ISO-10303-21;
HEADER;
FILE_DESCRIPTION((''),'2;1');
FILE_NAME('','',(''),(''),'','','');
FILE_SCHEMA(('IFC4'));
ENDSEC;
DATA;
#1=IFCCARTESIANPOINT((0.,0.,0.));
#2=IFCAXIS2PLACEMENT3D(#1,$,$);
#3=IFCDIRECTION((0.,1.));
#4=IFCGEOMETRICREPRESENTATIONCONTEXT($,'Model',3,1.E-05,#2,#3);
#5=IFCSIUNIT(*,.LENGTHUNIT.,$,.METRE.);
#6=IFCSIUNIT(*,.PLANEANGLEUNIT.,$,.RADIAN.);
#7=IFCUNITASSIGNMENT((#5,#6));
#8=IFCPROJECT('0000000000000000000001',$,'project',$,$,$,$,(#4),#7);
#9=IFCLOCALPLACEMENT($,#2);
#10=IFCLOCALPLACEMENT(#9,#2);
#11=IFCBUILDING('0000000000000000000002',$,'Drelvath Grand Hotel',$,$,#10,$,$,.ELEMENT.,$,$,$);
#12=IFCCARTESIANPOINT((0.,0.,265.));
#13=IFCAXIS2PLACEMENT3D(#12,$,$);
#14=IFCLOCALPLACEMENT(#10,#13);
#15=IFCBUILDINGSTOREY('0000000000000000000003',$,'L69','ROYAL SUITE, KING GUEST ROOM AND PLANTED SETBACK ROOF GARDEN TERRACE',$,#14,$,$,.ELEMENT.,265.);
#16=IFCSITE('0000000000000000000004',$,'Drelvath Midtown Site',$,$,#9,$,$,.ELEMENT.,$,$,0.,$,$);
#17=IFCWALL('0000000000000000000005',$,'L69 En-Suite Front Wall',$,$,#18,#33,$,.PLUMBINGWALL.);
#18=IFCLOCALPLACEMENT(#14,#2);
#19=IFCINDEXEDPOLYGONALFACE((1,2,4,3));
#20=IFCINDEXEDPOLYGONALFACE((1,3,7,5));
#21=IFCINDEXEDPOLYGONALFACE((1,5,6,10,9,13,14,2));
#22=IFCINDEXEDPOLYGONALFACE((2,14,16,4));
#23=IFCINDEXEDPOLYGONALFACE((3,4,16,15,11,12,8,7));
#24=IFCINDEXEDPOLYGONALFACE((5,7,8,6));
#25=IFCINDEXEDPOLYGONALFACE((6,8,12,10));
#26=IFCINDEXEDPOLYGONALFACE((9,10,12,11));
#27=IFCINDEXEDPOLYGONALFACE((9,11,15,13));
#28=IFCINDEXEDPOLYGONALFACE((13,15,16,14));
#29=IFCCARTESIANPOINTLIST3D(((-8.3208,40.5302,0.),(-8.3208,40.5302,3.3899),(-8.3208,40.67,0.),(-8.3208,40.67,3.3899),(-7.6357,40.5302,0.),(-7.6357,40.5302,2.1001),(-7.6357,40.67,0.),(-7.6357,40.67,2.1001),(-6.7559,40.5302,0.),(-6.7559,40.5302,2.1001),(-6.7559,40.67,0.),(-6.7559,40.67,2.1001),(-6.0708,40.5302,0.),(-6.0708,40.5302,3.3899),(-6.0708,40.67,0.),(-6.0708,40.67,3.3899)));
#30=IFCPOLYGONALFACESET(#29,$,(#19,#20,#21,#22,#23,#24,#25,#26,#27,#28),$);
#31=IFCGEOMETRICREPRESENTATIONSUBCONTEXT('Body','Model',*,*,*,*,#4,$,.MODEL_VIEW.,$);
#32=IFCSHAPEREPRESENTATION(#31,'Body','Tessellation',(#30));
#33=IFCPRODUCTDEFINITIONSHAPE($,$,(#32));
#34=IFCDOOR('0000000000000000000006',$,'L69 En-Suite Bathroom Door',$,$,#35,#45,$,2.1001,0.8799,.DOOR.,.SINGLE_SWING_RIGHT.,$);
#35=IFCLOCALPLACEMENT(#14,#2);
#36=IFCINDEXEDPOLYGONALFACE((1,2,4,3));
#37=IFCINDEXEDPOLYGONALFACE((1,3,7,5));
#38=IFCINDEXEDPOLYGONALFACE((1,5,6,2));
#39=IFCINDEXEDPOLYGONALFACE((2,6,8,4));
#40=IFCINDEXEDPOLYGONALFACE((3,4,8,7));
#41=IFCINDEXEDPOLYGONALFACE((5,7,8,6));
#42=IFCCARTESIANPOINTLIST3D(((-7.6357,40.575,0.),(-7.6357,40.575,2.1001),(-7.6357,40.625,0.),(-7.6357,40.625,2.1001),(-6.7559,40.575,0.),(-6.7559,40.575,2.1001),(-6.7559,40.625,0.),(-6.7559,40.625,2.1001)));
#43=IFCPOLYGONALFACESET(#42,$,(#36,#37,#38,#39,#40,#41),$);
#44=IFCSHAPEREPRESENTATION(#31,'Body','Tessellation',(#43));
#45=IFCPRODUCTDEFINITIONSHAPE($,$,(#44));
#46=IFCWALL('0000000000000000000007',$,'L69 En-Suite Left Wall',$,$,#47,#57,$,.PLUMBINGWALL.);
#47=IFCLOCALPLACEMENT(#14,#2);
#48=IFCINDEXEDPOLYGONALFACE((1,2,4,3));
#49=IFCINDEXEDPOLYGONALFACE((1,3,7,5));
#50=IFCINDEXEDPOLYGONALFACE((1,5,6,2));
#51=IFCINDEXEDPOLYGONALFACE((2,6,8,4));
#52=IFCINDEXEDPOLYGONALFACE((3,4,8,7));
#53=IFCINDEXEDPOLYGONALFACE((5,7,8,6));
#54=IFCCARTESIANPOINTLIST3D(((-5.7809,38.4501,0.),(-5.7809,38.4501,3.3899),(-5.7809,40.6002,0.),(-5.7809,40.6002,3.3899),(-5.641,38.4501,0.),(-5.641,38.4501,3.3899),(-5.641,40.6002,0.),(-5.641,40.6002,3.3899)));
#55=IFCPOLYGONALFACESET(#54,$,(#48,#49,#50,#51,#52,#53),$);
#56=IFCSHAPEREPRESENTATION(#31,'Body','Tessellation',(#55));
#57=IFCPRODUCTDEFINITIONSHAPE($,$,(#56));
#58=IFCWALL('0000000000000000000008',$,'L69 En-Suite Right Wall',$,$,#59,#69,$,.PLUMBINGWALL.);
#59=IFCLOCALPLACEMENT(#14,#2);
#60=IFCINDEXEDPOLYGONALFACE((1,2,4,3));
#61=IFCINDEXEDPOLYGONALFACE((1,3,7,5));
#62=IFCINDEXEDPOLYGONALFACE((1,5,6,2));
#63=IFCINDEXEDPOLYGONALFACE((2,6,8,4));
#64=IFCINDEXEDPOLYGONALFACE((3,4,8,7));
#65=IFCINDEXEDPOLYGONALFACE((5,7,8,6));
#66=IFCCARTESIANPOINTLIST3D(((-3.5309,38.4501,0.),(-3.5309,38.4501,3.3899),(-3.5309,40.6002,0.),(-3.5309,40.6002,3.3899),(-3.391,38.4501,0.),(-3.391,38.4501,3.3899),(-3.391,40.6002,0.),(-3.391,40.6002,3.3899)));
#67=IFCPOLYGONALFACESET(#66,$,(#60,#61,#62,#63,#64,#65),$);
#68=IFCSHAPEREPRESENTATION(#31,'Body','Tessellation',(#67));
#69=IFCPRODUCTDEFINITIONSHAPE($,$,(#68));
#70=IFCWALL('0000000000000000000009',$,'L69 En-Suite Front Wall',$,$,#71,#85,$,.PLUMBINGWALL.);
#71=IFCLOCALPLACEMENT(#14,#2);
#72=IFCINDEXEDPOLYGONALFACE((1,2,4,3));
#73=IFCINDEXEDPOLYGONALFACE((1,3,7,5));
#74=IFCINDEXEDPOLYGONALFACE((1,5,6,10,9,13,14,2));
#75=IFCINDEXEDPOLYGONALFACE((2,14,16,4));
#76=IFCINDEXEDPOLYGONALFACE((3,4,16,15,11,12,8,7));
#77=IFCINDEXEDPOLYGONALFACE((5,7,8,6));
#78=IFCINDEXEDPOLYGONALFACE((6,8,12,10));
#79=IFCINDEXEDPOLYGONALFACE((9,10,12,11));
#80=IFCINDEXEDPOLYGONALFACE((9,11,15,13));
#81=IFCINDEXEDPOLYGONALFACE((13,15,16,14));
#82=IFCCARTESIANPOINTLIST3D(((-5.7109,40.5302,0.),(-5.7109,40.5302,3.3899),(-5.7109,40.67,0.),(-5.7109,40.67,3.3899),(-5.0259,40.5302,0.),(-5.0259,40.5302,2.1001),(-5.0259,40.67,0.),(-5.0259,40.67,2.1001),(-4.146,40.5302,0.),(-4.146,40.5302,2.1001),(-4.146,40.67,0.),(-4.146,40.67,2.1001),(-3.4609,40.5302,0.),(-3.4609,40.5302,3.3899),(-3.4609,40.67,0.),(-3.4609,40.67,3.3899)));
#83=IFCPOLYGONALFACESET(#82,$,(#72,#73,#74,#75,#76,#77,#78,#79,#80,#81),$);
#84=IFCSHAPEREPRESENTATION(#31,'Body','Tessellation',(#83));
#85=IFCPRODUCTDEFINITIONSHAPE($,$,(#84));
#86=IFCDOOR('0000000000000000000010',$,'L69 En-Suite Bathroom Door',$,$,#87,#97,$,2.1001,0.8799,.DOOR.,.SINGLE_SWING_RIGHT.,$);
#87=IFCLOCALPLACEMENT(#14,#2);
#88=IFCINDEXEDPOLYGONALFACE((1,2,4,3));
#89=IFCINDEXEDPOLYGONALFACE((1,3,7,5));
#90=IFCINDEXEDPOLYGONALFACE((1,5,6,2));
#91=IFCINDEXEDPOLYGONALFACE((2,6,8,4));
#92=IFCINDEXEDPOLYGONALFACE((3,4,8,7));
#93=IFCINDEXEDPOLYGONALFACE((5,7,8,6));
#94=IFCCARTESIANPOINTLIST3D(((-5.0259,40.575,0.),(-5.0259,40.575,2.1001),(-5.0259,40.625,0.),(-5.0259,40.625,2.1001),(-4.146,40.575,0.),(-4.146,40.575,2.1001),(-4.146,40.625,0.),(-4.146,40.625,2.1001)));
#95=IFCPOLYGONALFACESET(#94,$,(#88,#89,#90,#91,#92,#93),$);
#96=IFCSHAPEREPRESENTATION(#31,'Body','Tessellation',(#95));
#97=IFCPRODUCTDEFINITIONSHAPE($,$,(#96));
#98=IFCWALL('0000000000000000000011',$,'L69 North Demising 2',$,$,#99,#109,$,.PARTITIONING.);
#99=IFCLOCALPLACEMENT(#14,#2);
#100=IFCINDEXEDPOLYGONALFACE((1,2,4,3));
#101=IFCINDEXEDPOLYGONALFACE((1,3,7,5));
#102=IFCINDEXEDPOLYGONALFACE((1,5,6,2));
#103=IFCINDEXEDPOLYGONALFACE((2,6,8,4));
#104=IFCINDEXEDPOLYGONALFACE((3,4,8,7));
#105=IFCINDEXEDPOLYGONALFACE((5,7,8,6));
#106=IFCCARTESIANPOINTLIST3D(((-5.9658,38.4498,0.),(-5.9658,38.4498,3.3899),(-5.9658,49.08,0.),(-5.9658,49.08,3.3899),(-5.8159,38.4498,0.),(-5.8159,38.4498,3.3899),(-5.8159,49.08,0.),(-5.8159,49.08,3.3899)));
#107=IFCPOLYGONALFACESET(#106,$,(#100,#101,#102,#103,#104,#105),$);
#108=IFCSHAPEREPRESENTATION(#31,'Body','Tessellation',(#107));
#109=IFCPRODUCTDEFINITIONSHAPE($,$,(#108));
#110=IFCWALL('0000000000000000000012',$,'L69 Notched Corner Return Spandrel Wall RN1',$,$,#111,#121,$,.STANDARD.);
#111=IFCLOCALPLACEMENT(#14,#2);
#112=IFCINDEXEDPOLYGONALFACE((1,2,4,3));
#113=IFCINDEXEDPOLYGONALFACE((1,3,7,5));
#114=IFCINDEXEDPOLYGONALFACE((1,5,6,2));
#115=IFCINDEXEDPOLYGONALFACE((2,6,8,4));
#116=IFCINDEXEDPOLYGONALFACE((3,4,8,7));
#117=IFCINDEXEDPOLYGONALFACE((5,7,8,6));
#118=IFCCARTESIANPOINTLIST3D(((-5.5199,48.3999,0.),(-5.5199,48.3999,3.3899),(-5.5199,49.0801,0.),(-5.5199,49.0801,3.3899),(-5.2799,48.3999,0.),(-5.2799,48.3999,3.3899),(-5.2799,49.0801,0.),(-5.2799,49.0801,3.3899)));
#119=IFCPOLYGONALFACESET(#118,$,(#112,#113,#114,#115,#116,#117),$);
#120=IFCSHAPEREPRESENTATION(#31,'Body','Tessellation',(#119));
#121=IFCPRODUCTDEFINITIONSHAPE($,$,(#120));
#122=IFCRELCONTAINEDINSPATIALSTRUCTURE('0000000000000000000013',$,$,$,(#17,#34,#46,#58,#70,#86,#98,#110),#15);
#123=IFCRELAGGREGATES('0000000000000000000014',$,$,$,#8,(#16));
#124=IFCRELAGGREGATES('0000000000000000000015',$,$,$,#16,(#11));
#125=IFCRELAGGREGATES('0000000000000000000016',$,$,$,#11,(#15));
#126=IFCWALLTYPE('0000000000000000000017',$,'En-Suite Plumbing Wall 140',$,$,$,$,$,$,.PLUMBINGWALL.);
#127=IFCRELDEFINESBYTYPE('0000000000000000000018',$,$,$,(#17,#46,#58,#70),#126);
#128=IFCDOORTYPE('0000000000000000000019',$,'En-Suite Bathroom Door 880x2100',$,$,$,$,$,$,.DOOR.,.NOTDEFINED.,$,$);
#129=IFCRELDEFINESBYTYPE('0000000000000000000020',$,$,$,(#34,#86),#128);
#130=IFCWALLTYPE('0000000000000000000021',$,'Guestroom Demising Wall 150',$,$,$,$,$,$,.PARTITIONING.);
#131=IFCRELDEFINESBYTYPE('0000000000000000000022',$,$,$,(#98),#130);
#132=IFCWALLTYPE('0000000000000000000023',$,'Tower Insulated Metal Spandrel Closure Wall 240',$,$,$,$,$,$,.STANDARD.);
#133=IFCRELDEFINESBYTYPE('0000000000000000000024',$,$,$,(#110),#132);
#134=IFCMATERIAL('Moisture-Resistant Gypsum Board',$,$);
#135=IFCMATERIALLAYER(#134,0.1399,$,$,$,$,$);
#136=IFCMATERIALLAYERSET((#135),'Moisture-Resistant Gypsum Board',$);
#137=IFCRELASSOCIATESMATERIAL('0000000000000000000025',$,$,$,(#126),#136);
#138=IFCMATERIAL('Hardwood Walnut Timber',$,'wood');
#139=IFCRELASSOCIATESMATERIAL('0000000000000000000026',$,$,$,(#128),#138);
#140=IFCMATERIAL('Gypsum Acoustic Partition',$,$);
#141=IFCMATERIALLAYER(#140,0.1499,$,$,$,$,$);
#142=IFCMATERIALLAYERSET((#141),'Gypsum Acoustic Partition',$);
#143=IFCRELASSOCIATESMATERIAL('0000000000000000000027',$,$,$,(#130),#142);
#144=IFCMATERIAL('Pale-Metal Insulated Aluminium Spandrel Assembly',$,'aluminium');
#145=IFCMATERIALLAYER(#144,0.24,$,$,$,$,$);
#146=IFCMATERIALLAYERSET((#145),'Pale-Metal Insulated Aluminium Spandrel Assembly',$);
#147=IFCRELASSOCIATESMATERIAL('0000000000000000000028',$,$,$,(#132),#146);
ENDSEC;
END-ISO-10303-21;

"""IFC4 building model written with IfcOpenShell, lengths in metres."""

from ifc_helpers import new_model, si_unit, direction, frame, frame_2d, origin, place, context, subcontext, project, spatial, rectangle, extrude, material, layer, layer_set, type_object, element, fill, save


model = new_model("IFC4")

# Units and contexts
model_context = context("Model", 3, precision=1e-05, world=origin(), true_north=direction((0.0, 1.0)))
body_context = subcontext(model_context, "Body", "Model", "MODEL_VIEW")
ifc_project = project(units=[si_unit("LENGTHUNIT", "METRE"), si_unit("PLANEANGLEUNIT", "RADIAN")], contexts=[model_context])

# Site, building, storey
site_placement = place(None, origin())
site = spatial("IfcSite", under=ifc_project, at=site_placement, Name="Drelvath Midtown Site", CompositionType="ELEMENT", RefElevation=0.0)
building_placement = place(site_placement, origin())
building = spatial("IfcBuilding", under=site, at=building_placement, Name="Drelvath Grand Hotel", CompositionType="ELEMENT")
storey_placement = place(building_placement, frame((0.0, 0.0, 265.0)))
storey = spatial("IfcBuildingStorey", under=building, at=storey_placement, Name="L69", Description="ROYAL SUITE, KING GUEST ROOM AND PLANTED SETBACK ROOF GARDEN TERRACE", CompositionType="ELEMENT", Elevation=265.0)

# Wall, opening, door
ifc_material_1 = material(Name="Moisture-Resistant Gypsum Board")
ifc_layer_1 = layer(ifc_material_1, 0.1399)
ifc_layer_set_1 = layer_set([ifc_layer_1], Name="Moisture-Resistant Gypsum Board")
wall_type_1 = type_object("IfcWallType", Name="En-Suite Plumbing Wall 140", PredefinedType="PLUMBINGWALL", material=ifc_layer_set_1)
wall_1_placement = place(storey_placement, frame((-8.3208, 40.6001, 0.0), z_axis=(0.0, 0.0, 1.0), x_axis=(1.0, 0.0, 0.0)))
wall_1 = element("IfcWall", 1, at=wall_1_placement, inside=storey, type_object=wall_type_1, Name="L69 En-Suite Front Wall", PredefinedType="PLUMBINGWALL", context=body_context, shape_type="SweptSolid", body=[
    extrude(rectangle(XDim=2.25, YDim=0.1399, at=frame_2d((1.125, 0.0))), origin(), (0.0, 0.0, 1.0), 3.3899),
])
opening_1_placement = place(wall_1_placement, frame((0.6851, 0.0, 0.0)))
opening_1 = element("IfcOpeningElement", 2, at=opening_1_placement, cuts=wall_1, PredefinedType="OPENING", context=body_context, shape_type="SweptSolid", body=[
    extrude(rectangle(XDim=0.8799, YDim=2.1001, at=frame_2d((0.4399, 1.05))), frame((0.0, 0.0798, 0.0), z_axis=(0.0, -1.0, 0.0), x_axis=(1.0, 0.0, 0.0)), (0.0, 0.0, 1.0), 0.1599),
])
ifc_material_2 = material(Name="Hardwood Walnut Timber", Category="wood")
door_type = type_object("IfcDoorType", Name="En-Suite Bathroom Door 880x2100", OperationType="NOTDEFINED", PredefinedType="DOOR", material=ifc_material_2)
door_1_placement = place(opening_1_placement, origin())
door_1 = element("IfcDoor", 3, at=door_1_placement, inside=storey, type_object=door_type, Name="L69 En-Suite Bathroom Door", OperationType="SINGLE_SWING_RIGHT", OverallHeight=2.1001, OverallWidth=0.8799, PredefinedType="DOOR", context=body_context, shape_type="SweptSolid", body=[
    extrude(rectangle(XDim=0.8799, YDim=2.1001, at=frame_2d((0.4399, 1.05))), frame((0.0, 0.0249, 0.0), z_axis=(0.0, -1.0, 0.0), x_axis=(1.0, 0.0, 0.0)), (0.0, 0.0, 1.0), 0.05),
])
fill(opening_1, door_1)

# Walls
for number, where, z_axis, x_axis, name in (
    (4, (-5.7109, 38.45, 0.0), (0.0, 0.0, 1.0), (0.0, 1.0, 0.0), "L69 En-Suite Left Wall"),
    (5, (-3.4609, 38.45, 0.0), (0.0, 0.0, 1.0), (0.0, 1.0, 0.0), "L69 En-Suite Right Wall"),
):
    element("IfcWall", number, at=place(storey_placement, frame(where, z_axis=z_axis, x_axis=x_axis)), inside=storey, type_object=wall_type_1, Name=name, PredefinedType="PLUMBINGWALL", context=body_context, shape_type="SweptSolid", body=[
        extrude(rectangle(XDim=2.1501, YDim=0.1399, at=frame_2d((1.0752, 0.0))), origin(), (0.0, 0.0, 1.0), 3.3899),
    ])

# Wall, opening, door
wall_2_placement = place(storey_placement, frame((-5.7109, 40.6001, 0.0), z_axis=(0.0, 0.0, 1.0), x_axis=(1.0, 0.0, 0.0)))
wall_2 = element("IfcWall", 6, at=wall_2_placement, inside=storey, type_object=wall_type_1, Name="L69 En-Suite Front Wall", PredefinedType="PLUMBINGWALL", context=body_context, shape_type="SweptSolid", body=[
    extrude(rectangle(XDim=2.25, YDim=0.1399, at=frame_2d((1.125, 0.0))), origin(), (0.0, 0.0, 1.0), 3.3899),
])
opening_2_placement = place(wall_2_placement, frame((0.6851, 0.0, 0.0)))
opening_2 = element("IfcOpeningElement", 7, at=opening_2_placement, cuts=wall_2, PredefinedType="OPENING", context=body_context, shape_type="SweptSolid", body=[
    extrude(rectangle(XDim=0.8799, YDim=2.1001, at=frame_2d((0.4399, 1.05))), frame((0.0, 0.0798, 0.0), z_axis=(0.0, -1.0, 0.0), x_axis=(1.0, 0.0, 0.0)), (0.0, 0.0, 1.0), 0.1599),
])
door_2_placement = place(opening_2_placement, origin())
door_2 = element("IfcDoor", 8, at=door_2_placement, inside=storey, type_object=door_type, Name="L69 En-Suite Bathroom Door", OperationType="SINGLE_SWING_RIGHT", OverallHeight=2.1001, OverallWidth=0.8799, PredefinedType="DOOR", context=body_context, shape_type="SweptSolid", body=[
    extrude(rectangle(XDim=0.8799, YDim=2.1001, at=frame_2d((0.4399, 1.05))), frame((0.0, 0.0249, 0.0), z_axis=(0.0, -1.0, 0.0), x_axis=(1.0, 0.0, 0.0)), (0.0, 0.0, 1.0), 0.05),
])
fill(opening_2, door_2)

# Walls
ifc_material_3 = material(Name="Gypsum Acoustic Partition")
ifc_layer_2 = layer(ifc_material_3, 0.1499)
ifc_layer_set_2 = layer_set([ifc_layer_2], Name="Gypsum Acoustic Partition")
wall_type_2 = type_object("IfcWallType", Name="Guestroom Demising Wall 150", PredefinedType="PARTITIONING", material=ifc_layer_set_2)
wall_3_placement = place(storey_placement, frame((-5.8909, 38.45, 0.0), z_axis=(0.0, 0.0, 1.0), x_axis=(0.0, 1.0, 0.0)))
element("IfcWall", 9, at=wall_3_placement, inside=storey, type_object=wall_type_2, Name="L69 North Demising 2", PredefinedType="PARTITIONING", context=body_context, shape_type="SweptSolid", body=[
    extrude(rectangle(XDim=10.6301, YDim=0.1499, at=frame_2d((5.3149, 0.0))), origin(), (0.0, 0.0, 1.0), 3.3899),
])
ifc_material_4 = material(Name="Pale-Metal Insulated Aluminium Spandrel Assembly", Category="aluminium")
ifc_layer_3 = layer(ifc_material_4, 0.24)
ifc_layer_set_3 = layer_set([ifc_layer_3], Name="Pale-Metal Insulated Aluminium Spandrel Assembly")
wall_type_3 = type_object("IfcWallType", Name="Tower Insulated Metal Spandrel Closure Wall 240", PredefinedType="STANDARD", material=ifc_layer_set_3)
wall_4_placement = place(storey_placement, frame((-5.3999, 49.0801, 0.0), z_axis=(0.0, 0.0, 1.0), x_axis=(0.0, -1.0, 0.0)))
element("IfcWall", 10, at=wall_4_placement, inside=storey, type_object=wall_type_3, Name="L69 Notched Corner Return Spandrel Wall RN1", PredefinedType="STANDARD", context=body_context, shape_type="SweptSolid", body=[
    extrude(rectangle(XDim=0.6802, YDim=0.24, at=frame_2d((0.3401, 0.0))), origin(), (0.0, 0.0, 1.0), 3.3899),
])

save(model, "model.ifc")
